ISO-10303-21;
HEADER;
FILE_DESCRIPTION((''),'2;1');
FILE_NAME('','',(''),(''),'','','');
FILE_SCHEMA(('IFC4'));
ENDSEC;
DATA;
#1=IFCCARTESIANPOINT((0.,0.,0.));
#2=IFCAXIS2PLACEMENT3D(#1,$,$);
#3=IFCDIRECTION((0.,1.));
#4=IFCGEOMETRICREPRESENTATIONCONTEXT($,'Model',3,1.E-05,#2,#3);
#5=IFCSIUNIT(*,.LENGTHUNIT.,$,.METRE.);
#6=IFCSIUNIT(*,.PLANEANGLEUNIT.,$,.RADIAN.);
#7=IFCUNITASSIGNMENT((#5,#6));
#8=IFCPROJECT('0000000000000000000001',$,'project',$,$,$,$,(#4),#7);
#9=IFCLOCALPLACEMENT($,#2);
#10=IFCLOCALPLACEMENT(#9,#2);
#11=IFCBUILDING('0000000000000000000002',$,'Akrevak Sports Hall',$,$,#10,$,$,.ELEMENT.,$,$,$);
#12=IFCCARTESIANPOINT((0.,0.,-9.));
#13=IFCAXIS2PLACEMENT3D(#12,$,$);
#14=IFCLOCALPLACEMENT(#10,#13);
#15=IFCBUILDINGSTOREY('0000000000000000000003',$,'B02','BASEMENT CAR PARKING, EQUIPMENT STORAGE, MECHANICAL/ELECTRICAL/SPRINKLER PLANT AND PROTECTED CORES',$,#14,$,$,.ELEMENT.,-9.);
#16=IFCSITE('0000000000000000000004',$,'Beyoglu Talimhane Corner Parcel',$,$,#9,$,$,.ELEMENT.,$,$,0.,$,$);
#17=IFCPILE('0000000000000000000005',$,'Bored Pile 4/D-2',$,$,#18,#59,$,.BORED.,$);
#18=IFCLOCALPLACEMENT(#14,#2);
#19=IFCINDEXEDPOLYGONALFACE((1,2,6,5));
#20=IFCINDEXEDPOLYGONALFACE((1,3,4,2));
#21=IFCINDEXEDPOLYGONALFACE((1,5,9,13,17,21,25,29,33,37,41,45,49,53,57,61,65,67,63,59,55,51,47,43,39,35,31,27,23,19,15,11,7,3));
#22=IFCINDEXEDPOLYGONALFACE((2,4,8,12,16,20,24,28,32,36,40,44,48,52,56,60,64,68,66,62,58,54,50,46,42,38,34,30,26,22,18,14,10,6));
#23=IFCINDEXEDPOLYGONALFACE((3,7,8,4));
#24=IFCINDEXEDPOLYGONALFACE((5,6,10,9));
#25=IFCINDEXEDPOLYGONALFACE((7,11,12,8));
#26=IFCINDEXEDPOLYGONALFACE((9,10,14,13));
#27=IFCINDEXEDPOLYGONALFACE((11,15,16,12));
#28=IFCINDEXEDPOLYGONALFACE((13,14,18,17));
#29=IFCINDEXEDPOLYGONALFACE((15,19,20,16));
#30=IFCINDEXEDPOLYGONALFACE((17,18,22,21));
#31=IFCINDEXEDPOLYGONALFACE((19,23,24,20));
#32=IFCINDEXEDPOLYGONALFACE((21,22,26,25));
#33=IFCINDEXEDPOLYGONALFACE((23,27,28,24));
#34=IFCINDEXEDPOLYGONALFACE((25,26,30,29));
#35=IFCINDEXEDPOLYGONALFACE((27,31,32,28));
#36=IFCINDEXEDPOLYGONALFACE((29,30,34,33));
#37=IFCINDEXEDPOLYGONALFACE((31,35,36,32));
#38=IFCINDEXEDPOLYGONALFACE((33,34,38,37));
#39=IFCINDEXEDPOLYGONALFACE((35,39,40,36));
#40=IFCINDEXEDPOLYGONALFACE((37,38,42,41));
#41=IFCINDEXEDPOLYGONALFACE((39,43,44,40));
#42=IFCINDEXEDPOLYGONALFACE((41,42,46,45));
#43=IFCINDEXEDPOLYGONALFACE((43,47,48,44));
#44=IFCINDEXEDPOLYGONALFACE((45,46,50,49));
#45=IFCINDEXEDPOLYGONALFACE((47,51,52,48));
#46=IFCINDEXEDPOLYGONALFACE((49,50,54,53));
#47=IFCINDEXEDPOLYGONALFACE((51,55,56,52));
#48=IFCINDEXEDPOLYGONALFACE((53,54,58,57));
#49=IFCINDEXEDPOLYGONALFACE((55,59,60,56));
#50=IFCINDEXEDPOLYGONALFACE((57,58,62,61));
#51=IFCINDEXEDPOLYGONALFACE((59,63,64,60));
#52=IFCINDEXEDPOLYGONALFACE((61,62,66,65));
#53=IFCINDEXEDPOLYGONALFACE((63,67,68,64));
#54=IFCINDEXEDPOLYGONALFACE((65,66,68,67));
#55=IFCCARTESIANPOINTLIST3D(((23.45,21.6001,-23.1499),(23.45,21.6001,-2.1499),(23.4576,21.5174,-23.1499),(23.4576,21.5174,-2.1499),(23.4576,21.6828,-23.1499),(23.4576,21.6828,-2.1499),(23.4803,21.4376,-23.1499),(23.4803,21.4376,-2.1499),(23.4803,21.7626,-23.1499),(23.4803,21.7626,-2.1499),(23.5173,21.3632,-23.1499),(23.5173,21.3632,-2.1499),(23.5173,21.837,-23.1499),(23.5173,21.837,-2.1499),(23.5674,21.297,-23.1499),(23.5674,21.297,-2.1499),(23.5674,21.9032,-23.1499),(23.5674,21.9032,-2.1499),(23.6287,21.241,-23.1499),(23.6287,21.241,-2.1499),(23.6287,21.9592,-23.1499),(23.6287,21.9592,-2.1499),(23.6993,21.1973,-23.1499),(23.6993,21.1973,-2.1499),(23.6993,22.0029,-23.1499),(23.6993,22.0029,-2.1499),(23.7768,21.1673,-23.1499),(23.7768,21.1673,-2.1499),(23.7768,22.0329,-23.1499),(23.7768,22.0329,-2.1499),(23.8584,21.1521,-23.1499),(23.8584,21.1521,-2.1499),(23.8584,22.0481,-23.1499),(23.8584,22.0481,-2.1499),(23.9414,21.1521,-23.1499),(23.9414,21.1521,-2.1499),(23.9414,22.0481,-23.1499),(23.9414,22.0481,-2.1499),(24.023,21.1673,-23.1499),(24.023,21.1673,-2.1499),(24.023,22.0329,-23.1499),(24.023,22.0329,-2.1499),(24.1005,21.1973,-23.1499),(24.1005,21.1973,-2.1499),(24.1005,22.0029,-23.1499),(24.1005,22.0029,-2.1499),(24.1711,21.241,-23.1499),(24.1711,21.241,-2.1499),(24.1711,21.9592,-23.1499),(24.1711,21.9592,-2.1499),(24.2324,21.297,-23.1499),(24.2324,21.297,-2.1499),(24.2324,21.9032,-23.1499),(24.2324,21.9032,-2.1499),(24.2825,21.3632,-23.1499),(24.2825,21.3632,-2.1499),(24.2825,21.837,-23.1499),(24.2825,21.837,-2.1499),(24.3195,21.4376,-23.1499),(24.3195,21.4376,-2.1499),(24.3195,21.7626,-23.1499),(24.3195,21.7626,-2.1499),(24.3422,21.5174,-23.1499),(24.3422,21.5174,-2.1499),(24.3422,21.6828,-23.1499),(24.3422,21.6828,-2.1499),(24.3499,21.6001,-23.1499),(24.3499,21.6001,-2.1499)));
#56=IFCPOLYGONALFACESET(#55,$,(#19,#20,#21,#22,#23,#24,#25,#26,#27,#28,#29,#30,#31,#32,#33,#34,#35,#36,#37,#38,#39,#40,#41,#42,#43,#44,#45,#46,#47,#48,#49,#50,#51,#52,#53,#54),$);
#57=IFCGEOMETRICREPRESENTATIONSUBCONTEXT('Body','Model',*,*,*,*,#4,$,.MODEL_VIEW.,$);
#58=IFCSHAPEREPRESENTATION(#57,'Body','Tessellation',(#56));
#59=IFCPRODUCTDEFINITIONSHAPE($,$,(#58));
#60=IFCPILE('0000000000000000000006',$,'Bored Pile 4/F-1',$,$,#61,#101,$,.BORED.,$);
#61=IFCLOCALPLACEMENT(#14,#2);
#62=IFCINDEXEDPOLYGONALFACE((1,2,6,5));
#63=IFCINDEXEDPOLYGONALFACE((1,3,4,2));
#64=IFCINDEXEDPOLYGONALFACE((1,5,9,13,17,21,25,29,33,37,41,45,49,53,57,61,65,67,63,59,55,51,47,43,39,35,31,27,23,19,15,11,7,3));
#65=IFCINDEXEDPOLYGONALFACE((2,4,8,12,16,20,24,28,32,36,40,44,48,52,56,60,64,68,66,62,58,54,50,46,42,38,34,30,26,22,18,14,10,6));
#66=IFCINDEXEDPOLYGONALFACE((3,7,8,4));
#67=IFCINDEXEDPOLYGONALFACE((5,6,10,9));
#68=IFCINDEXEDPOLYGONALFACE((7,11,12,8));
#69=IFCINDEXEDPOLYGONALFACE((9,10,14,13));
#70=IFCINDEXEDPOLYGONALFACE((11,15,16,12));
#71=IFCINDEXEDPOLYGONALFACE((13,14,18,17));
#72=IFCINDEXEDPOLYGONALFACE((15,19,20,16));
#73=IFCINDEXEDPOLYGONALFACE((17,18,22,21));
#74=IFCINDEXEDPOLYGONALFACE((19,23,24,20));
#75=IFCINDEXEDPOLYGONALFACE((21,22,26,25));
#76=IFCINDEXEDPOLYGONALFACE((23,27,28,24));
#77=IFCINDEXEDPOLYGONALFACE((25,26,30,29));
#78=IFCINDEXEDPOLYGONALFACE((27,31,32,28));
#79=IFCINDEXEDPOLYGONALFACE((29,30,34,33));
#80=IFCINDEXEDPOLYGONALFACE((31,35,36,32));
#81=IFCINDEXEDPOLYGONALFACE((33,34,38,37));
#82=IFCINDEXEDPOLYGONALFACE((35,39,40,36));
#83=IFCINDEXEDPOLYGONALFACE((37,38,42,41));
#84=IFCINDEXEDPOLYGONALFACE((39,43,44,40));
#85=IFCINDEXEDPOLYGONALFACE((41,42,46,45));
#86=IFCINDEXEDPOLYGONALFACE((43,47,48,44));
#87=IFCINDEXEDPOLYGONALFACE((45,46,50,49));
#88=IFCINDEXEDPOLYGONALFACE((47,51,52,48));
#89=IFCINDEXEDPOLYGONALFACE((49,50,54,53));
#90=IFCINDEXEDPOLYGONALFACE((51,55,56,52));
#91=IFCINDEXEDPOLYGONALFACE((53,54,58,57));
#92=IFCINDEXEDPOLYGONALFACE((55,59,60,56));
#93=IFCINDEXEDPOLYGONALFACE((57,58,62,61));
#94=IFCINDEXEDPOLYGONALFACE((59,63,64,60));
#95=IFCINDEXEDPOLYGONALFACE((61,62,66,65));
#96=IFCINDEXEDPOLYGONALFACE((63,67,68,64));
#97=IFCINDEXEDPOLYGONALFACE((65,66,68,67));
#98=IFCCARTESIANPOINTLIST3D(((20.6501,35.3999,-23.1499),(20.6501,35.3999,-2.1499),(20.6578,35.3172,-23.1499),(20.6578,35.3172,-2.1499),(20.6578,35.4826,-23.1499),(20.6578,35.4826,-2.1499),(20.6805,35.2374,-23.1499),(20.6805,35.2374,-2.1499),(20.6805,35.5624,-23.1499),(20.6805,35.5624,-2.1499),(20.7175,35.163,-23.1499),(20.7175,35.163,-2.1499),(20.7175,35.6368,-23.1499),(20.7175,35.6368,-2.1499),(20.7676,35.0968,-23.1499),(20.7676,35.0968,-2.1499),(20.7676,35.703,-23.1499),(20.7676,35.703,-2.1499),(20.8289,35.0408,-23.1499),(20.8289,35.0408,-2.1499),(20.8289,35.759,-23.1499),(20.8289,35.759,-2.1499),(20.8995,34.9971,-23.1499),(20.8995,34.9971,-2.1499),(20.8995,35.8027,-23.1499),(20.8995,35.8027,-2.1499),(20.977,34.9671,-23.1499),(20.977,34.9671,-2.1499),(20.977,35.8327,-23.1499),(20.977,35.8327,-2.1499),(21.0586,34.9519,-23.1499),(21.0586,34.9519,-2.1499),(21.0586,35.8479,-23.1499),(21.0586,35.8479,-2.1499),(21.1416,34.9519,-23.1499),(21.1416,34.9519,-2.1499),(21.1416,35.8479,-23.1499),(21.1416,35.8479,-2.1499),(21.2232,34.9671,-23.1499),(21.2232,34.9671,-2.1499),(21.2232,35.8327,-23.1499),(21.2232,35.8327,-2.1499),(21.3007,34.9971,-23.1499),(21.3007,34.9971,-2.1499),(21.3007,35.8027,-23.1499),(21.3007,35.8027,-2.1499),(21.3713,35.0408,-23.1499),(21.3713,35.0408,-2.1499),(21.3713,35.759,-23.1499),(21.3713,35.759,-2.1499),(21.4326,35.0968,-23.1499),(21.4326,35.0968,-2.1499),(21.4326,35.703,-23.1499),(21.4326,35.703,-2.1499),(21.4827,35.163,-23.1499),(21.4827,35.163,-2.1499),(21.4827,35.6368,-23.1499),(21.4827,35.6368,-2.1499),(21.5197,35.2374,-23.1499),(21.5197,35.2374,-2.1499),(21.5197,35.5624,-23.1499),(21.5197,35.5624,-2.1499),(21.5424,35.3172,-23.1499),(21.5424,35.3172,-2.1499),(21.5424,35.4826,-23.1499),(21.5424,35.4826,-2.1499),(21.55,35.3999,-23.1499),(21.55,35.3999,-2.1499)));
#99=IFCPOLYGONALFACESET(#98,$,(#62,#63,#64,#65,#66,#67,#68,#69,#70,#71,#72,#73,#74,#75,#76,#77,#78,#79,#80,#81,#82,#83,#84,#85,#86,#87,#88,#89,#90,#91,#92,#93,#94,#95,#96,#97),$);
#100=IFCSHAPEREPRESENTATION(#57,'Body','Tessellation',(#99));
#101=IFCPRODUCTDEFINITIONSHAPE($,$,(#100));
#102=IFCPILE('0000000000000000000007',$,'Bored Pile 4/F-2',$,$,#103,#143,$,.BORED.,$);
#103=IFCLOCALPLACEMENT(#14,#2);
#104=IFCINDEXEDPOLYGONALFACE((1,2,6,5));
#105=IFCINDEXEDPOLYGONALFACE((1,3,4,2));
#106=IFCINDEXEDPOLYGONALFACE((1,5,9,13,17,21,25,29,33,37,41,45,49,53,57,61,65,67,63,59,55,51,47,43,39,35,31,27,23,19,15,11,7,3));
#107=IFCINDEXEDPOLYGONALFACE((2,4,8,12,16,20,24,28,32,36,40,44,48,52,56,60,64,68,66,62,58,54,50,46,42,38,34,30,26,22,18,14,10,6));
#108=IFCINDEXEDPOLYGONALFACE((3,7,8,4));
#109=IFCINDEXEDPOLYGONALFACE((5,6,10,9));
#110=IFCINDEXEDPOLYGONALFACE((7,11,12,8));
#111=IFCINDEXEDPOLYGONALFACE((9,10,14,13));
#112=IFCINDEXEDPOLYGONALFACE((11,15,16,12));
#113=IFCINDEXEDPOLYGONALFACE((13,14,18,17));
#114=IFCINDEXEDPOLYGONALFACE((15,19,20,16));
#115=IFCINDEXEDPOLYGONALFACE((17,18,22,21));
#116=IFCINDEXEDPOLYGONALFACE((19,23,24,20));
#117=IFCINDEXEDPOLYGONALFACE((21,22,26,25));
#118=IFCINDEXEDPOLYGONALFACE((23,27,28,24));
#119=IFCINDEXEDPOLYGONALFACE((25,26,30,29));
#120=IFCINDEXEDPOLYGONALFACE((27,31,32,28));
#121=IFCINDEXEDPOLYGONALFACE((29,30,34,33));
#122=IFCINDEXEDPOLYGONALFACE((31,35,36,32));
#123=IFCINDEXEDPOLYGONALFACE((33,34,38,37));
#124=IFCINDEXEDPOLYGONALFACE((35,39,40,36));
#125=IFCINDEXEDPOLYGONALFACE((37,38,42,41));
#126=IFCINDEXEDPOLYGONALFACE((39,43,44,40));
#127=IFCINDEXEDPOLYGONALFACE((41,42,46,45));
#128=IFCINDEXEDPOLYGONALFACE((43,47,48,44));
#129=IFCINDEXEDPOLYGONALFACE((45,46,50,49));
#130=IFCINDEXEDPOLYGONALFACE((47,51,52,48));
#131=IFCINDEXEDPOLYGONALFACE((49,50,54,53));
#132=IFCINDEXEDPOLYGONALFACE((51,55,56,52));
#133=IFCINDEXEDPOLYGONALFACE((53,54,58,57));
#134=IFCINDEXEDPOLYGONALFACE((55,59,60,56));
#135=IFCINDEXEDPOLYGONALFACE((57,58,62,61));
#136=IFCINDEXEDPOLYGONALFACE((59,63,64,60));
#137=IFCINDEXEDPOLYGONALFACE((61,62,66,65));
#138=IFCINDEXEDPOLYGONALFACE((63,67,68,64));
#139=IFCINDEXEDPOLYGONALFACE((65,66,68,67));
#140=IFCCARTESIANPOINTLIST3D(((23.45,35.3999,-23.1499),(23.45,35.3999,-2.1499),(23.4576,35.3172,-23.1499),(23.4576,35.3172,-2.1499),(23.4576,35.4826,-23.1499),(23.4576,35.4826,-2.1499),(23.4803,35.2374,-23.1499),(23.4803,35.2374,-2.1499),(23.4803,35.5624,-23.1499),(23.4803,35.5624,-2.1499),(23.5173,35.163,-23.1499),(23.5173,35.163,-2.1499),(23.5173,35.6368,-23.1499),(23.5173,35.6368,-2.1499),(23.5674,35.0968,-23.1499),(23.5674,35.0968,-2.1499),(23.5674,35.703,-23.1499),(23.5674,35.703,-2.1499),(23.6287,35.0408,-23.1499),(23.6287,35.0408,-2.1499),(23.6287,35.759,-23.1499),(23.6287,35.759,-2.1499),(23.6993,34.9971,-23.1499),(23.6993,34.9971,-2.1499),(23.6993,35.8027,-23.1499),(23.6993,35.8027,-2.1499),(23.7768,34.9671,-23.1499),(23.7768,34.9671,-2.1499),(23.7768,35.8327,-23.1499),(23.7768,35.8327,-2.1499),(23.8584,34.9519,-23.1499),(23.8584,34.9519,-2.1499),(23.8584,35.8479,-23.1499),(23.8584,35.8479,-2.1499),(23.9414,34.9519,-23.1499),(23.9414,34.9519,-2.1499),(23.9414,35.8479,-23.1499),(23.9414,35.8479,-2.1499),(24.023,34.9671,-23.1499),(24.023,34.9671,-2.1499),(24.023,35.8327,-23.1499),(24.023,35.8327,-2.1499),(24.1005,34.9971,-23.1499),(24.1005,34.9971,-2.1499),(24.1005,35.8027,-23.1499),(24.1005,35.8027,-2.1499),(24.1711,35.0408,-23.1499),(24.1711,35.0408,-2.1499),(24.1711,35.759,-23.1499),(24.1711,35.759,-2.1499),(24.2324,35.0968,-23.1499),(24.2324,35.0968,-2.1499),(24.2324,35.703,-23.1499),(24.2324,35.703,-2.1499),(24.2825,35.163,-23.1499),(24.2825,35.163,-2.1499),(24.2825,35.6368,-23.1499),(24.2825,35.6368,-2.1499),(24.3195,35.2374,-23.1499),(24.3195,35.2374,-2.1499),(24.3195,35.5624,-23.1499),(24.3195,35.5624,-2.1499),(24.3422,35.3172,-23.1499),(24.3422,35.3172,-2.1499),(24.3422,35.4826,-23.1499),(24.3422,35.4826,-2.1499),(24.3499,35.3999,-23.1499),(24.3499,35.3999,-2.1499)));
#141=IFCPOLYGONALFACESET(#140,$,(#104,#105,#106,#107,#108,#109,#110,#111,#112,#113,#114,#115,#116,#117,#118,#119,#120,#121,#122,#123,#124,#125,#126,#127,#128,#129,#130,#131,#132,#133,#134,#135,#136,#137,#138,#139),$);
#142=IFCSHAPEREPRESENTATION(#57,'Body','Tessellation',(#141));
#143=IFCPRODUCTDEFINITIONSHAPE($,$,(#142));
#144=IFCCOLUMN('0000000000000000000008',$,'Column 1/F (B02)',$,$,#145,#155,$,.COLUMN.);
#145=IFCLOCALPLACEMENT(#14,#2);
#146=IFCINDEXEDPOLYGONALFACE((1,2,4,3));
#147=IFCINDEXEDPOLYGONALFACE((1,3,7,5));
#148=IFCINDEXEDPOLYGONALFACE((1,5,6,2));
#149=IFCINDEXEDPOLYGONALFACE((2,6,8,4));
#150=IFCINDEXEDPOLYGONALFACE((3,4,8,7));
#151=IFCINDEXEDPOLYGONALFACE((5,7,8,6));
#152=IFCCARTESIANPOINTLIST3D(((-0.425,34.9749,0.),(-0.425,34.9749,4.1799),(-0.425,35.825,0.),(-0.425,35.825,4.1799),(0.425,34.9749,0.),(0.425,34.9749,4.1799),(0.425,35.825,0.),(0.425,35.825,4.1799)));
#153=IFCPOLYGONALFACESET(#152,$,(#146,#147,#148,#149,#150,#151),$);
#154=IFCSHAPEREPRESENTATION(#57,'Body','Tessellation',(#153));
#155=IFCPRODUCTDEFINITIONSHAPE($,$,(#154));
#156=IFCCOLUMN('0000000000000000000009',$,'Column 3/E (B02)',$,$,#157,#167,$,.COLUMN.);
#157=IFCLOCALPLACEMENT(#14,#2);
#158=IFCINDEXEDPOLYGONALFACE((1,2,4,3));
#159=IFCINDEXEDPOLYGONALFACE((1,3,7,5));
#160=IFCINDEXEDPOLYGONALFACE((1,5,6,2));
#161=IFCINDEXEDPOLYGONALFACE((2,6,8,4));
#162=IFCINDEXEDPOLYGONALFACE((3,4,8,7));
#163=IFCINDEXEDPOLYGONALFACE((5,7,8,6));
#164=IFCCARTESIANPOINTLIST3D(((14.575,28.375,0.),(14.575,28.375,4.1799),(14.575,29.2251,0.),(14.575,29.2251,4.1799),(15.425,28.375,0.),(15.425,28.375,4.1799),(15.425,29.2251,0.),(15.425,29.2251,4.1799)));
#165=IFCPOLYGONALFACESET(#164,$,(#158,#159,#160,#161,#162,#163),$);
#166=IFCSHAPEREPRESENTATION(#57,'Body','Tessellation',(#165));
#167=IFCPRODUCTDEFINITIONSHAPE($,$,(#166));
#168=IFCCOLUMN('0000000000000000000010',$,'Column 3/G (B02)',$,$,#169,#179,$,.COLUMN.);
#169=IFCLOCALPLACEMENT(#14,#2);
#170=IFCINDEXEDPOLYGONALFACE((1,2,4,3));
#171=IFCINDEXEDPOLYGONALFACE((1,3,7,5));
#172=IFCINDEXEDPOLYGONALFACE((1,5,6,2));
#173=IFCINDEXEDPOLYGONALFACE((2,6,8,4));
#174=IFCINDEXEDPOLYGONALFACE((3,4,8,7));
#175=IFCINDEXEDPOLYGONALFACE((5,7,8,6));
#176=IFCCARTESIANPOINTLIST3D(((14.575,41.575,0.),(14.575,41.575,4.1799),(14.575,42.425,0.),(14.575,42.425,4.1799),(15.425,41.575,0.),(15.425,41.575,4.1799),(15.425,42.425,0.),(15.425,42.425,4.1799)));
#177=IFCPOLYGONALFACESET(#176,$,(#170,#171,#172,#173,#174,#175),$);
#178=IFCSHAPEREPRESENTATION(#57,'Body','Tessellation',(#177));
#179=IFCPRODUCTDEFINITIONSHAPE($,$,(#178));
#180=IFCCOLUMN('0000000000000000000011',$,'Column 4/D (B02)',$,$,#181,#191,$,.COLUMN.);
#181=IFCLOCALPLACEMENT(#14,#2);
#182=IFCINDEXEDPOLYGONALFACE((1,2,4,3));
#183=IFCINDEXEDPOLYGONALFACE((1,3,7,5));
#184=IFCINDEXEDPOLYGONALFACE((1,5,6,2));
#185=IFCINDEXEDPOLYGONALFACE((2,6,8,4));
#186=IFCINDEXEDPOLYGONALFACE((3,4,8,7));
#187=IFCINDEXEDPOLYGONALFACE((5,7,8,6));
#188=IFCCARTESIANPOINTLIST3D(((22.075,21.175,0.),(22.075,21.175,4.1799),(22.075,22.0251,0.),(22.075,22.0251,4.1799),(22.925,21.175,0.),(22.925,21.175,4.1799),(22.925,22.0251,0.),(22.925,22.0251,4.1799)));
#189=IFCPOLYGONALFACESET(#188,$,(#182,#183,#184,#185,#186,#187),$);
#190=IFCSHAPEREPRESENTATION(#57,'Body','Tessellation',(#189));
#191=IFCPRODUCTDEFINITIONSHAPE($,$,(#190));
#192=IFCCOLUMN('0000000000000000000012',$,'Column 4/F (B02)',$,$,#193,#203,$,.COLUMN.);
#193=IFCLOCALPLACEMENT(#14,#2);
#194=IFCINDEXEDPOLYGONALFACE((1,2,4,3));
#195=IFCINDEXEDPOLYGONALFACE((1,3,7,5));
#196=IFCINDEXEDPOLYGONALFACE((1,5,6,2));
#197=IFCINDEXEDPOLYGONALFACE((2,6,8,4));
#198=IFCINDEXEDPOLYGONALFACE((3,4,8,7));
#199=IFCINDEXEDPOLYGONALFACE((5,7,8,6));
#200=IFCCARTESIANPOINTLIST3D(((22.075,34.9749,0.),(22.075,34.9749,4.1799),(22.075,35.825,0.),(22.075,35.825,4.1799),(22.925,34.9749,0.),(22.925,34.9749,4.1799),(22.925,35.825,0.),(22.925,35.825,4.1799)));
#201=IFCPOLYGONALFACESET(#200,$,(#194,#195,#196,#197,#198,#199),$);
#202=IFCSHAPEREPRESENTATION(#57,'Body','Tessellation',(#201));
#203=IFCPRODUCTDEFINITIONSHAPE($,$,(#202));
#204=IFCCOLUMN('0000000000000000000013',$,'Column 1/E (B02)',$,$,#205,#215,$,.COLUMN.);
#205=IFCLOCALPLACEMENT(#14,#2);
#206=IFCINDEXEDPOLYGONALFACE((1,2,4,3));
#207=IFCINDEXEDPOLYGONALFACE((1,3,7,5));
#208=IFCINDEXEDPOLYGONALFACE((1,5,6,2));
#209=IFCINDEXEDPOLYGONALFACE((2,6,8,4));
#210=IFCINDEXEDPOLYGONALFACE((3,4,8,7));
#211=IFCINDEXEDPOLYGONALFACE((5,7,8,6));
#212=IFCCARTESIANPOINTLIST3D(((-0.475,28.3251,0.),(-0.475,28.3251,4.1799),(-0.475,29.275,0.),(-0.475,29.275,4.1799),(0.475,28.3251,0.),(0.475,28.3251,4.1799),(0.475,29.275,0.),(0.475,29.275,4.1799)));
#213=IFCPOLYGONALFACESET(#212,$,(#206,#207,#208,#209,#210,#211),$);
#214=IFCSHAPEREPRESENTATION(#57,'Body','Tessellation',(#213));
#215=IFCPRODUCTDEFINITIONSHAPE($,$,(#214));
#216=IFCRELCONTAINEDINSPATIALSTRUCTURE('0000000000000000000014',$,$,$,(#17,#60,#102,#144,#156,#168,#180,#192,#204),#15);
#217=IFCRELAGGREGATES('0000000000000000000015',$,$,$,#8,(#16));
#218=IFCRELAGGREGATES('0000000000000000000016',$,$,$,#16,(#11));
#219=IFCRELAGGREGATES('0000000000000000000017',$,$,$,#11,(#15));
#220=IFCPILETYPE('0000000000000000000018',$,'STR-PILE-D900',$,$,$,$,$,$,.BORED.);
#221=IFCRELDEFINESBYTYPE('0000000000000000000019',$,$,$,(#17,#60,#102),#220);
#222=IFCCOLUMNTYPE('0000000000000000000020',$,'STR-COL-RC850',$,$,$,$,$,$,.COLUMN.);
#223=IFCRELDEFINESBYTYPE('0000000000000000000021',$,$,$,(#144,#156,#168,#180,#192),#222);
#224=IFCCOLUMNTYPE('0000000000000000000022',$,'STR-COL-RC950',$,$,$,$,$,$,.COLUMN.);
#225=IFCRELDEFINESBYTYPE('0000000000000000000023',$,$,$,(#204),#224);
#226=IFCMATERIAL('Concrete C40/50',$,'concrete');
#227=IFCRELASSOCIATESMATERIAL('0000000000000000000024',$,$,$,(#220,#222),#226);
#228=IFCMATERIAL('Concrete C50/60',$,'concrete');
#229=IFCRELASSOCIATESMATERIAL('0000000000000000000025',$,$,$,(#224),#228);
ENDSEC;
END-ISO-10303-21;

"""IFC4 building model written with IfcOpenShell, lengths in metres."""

from ifc_helpers import new_model, si_unit, direction, frame, origin, origin_2d, place, context, subcontext, project, spatial, rectangle, circle, extrude, material, material_profile, profile_set, type_object, element, save


model = new_model("IFC4")

# Units and contexts
model_context = context("Model", 3, precision=1e-05, world=origin(), true_north=direction((0.0, 1.0)))
body_context = subcontext(model_context, "Body", "Model", "MODEL_VIEW")
ifc_project = project(units=[si_unit("LENGTHUNIT", "METRE"), si_unit("PLANEANGLEUNIT", "RADIAN")], contexts=[model_context])

# Site, building, storey
site_placement = place(None, origin())
site = spatial("IfcSite", under=ifc_project, at=site_placement, Name="Beyoglu Talimhane Corner Parcel", CompositionType="ELEMENT", RefElevation=0.0)
building_placement = place(site_placement, origin())
building = spatial("IfcBuilding", under=site, at=building_placement, Name="Akrevak Sports Hall", CompositionType="ELEMENT")
storey_placement = place(building_placement, frame((0.0, 0.0, -9.0)))
storey = spatial("IfcBuildingStorey", under=building, at=storey_placement, Name="B02", Description="BASEMENT CAR PARKING, EQUIPMENT STORAGE, MECHANICAL/ELECTRICAL/SPRINKLER PLANT AND PROTECTED CORES", CompositionType="ELEMENT", Elevation=-9.0)

# Shared definitions
ifc_material_1 = material(Name="Concrete C40/50", Category="concrete")

# Piles
ifc_material_profile_1 = material_profile(ifc_material_1, circle(Radius=0.45, at=origin_2d()), Name="BORED PILE D900", Category="concrete")
ifc_profile_set_1 = profile_set([ifc_material_profile_1], Name="Concrete C40/50")
pile_type_1 = type_object("IfcPileType", Name="STR-PILE-D900", PredefinedType="BORED", material=ifc_profile_set_1)
for number, where, z_axis, x_axis, name in (
    (1, (23.8999, 21.6001, -2.1499), (0.0, 0.0, -1.0), (1.0, 0.0, 0.0), "Bored Pile 4/D-2"),
    (2, (21.1001, 35.3999, -2.1499), (0.0, 0.0, -1.0), (1.0, 0.0, 0.0), "Bored Pile 4/F-1"),
    (3, (23.8999, 35.3999, -2.1499), (0.0, 0.0, -1.0), (1.0, 0.0, 0.0), "Bored Pile 4/F-2"),
):
    element("IfcPile", number, at=place(storey_placement, frame(where, z_axis=z_axis, x_axis=x_axis)), inside=storey, type_object=pile_type_1, Name=name, PredefinedType="BORED", context=body_context, shape_type="SweptSolid", body=[
        extrude(circle(Radius=0.45, at=origin_2d()), origin(), (0.0, 0.0, 1.0), 21.0),
    ])

# Columns
ifc_material_profile_2 = material_profile(ifc_material_1, rectangle(XDim=0.8501, YDim=0.8501, at=origin_2d()), Name="RC 850x850", Category="concrete")
ifc_profile_set_2 = profile_set([ifc_material_profile_2], Name="Concrete C40/50")
column_type_1 = type_object("IfcColumnType", Name="STR-COL-RC850", PredefinedType="COLUMN", material=ifc_profile_set_2)
for number, where, z_axis, x_axis, name in (
    (4, (0.0, 35.3999, 0.0), (0.0, 0.0, 1.0), (1.0, 0.0, 0.0), "Column 1/F (B02)"),
    (5, (15.0, 28.8, 0.0), (0.0, 0.0, 1.0), (1.0, 0.0, 0.0), "Column 3/E (B02)"),
    (6, (15.0, 42.0, 0.0), (0.0, 0.0, 1.0), (1.0, 0.0, 0.0), "Column 3/G (B02)"),
    (7, (22.5, 21.6001, 0.0), (0.0, 0.0, 1.0), (1.0, 0.0, 0.0), "Column 4/D (B02)"),
    (8, (22.5, 35.3999, 0.0), (0.0, 0.0, 1.0), (1.0, 0.0, 0.0), "Column 4/F (B02)"),
):
    element("IfcColumn", number, at=place(storey_placement, frame(where, z_axis=z_axis, x_axis=x_axis)), inside=storey, type_object=column_type_1, Name=name, PredefinedType="COLUMN", context=body_context, shape_type="SweptSolid", body=[
        extrude(rectangle(XDim=0.8501, YDim=0.8501, at=origin_2d()), origin(), (0.0, 0.0, 1.0), 4.1799),
    ])
ifc_material_2 = material(Name="Concrete C50/60", Category="concrete")
ifc_material_profile_3 = material_profile(ifc_material_2, rectangle(XDim=0.95, YDim=0.95, at=origin_2d()), Name="RC 950x950", Category="concrete")
ifc_profile_set_3 = profile_set([ifc_material_profile_3], Name="Concrete C50/60")
column_type_2 = type_object("IfcColumnType", Name="STR-COL-RC950", PredefinedType="COLUMN", material=ifc_profile_set_3)
for number, where, z_axis, x_axis, name in (
    (9, (0.0, 28.8, 0.0), (0.0, 0.0, 1.0), (1.0, 0.0, 0.0), "Column 1/E (B02)"),
):
    element("IfcColumn", number, at=place(storey_placement, frame(where, z_axis=z_axis, x_axis=x_axis)), inside=storey, type_object=column_type_2, Name=name, PredefinedType="COLUMN", context=body_context, shape_type="SweptSolid", body=[
        extrude(rectangle(XDim=0.95, YDim=0.95, at=origin_2d()), origin(), (0.0, 0.0, 1.0), 4.1799),
    ])

save(model, "model.ifc")
